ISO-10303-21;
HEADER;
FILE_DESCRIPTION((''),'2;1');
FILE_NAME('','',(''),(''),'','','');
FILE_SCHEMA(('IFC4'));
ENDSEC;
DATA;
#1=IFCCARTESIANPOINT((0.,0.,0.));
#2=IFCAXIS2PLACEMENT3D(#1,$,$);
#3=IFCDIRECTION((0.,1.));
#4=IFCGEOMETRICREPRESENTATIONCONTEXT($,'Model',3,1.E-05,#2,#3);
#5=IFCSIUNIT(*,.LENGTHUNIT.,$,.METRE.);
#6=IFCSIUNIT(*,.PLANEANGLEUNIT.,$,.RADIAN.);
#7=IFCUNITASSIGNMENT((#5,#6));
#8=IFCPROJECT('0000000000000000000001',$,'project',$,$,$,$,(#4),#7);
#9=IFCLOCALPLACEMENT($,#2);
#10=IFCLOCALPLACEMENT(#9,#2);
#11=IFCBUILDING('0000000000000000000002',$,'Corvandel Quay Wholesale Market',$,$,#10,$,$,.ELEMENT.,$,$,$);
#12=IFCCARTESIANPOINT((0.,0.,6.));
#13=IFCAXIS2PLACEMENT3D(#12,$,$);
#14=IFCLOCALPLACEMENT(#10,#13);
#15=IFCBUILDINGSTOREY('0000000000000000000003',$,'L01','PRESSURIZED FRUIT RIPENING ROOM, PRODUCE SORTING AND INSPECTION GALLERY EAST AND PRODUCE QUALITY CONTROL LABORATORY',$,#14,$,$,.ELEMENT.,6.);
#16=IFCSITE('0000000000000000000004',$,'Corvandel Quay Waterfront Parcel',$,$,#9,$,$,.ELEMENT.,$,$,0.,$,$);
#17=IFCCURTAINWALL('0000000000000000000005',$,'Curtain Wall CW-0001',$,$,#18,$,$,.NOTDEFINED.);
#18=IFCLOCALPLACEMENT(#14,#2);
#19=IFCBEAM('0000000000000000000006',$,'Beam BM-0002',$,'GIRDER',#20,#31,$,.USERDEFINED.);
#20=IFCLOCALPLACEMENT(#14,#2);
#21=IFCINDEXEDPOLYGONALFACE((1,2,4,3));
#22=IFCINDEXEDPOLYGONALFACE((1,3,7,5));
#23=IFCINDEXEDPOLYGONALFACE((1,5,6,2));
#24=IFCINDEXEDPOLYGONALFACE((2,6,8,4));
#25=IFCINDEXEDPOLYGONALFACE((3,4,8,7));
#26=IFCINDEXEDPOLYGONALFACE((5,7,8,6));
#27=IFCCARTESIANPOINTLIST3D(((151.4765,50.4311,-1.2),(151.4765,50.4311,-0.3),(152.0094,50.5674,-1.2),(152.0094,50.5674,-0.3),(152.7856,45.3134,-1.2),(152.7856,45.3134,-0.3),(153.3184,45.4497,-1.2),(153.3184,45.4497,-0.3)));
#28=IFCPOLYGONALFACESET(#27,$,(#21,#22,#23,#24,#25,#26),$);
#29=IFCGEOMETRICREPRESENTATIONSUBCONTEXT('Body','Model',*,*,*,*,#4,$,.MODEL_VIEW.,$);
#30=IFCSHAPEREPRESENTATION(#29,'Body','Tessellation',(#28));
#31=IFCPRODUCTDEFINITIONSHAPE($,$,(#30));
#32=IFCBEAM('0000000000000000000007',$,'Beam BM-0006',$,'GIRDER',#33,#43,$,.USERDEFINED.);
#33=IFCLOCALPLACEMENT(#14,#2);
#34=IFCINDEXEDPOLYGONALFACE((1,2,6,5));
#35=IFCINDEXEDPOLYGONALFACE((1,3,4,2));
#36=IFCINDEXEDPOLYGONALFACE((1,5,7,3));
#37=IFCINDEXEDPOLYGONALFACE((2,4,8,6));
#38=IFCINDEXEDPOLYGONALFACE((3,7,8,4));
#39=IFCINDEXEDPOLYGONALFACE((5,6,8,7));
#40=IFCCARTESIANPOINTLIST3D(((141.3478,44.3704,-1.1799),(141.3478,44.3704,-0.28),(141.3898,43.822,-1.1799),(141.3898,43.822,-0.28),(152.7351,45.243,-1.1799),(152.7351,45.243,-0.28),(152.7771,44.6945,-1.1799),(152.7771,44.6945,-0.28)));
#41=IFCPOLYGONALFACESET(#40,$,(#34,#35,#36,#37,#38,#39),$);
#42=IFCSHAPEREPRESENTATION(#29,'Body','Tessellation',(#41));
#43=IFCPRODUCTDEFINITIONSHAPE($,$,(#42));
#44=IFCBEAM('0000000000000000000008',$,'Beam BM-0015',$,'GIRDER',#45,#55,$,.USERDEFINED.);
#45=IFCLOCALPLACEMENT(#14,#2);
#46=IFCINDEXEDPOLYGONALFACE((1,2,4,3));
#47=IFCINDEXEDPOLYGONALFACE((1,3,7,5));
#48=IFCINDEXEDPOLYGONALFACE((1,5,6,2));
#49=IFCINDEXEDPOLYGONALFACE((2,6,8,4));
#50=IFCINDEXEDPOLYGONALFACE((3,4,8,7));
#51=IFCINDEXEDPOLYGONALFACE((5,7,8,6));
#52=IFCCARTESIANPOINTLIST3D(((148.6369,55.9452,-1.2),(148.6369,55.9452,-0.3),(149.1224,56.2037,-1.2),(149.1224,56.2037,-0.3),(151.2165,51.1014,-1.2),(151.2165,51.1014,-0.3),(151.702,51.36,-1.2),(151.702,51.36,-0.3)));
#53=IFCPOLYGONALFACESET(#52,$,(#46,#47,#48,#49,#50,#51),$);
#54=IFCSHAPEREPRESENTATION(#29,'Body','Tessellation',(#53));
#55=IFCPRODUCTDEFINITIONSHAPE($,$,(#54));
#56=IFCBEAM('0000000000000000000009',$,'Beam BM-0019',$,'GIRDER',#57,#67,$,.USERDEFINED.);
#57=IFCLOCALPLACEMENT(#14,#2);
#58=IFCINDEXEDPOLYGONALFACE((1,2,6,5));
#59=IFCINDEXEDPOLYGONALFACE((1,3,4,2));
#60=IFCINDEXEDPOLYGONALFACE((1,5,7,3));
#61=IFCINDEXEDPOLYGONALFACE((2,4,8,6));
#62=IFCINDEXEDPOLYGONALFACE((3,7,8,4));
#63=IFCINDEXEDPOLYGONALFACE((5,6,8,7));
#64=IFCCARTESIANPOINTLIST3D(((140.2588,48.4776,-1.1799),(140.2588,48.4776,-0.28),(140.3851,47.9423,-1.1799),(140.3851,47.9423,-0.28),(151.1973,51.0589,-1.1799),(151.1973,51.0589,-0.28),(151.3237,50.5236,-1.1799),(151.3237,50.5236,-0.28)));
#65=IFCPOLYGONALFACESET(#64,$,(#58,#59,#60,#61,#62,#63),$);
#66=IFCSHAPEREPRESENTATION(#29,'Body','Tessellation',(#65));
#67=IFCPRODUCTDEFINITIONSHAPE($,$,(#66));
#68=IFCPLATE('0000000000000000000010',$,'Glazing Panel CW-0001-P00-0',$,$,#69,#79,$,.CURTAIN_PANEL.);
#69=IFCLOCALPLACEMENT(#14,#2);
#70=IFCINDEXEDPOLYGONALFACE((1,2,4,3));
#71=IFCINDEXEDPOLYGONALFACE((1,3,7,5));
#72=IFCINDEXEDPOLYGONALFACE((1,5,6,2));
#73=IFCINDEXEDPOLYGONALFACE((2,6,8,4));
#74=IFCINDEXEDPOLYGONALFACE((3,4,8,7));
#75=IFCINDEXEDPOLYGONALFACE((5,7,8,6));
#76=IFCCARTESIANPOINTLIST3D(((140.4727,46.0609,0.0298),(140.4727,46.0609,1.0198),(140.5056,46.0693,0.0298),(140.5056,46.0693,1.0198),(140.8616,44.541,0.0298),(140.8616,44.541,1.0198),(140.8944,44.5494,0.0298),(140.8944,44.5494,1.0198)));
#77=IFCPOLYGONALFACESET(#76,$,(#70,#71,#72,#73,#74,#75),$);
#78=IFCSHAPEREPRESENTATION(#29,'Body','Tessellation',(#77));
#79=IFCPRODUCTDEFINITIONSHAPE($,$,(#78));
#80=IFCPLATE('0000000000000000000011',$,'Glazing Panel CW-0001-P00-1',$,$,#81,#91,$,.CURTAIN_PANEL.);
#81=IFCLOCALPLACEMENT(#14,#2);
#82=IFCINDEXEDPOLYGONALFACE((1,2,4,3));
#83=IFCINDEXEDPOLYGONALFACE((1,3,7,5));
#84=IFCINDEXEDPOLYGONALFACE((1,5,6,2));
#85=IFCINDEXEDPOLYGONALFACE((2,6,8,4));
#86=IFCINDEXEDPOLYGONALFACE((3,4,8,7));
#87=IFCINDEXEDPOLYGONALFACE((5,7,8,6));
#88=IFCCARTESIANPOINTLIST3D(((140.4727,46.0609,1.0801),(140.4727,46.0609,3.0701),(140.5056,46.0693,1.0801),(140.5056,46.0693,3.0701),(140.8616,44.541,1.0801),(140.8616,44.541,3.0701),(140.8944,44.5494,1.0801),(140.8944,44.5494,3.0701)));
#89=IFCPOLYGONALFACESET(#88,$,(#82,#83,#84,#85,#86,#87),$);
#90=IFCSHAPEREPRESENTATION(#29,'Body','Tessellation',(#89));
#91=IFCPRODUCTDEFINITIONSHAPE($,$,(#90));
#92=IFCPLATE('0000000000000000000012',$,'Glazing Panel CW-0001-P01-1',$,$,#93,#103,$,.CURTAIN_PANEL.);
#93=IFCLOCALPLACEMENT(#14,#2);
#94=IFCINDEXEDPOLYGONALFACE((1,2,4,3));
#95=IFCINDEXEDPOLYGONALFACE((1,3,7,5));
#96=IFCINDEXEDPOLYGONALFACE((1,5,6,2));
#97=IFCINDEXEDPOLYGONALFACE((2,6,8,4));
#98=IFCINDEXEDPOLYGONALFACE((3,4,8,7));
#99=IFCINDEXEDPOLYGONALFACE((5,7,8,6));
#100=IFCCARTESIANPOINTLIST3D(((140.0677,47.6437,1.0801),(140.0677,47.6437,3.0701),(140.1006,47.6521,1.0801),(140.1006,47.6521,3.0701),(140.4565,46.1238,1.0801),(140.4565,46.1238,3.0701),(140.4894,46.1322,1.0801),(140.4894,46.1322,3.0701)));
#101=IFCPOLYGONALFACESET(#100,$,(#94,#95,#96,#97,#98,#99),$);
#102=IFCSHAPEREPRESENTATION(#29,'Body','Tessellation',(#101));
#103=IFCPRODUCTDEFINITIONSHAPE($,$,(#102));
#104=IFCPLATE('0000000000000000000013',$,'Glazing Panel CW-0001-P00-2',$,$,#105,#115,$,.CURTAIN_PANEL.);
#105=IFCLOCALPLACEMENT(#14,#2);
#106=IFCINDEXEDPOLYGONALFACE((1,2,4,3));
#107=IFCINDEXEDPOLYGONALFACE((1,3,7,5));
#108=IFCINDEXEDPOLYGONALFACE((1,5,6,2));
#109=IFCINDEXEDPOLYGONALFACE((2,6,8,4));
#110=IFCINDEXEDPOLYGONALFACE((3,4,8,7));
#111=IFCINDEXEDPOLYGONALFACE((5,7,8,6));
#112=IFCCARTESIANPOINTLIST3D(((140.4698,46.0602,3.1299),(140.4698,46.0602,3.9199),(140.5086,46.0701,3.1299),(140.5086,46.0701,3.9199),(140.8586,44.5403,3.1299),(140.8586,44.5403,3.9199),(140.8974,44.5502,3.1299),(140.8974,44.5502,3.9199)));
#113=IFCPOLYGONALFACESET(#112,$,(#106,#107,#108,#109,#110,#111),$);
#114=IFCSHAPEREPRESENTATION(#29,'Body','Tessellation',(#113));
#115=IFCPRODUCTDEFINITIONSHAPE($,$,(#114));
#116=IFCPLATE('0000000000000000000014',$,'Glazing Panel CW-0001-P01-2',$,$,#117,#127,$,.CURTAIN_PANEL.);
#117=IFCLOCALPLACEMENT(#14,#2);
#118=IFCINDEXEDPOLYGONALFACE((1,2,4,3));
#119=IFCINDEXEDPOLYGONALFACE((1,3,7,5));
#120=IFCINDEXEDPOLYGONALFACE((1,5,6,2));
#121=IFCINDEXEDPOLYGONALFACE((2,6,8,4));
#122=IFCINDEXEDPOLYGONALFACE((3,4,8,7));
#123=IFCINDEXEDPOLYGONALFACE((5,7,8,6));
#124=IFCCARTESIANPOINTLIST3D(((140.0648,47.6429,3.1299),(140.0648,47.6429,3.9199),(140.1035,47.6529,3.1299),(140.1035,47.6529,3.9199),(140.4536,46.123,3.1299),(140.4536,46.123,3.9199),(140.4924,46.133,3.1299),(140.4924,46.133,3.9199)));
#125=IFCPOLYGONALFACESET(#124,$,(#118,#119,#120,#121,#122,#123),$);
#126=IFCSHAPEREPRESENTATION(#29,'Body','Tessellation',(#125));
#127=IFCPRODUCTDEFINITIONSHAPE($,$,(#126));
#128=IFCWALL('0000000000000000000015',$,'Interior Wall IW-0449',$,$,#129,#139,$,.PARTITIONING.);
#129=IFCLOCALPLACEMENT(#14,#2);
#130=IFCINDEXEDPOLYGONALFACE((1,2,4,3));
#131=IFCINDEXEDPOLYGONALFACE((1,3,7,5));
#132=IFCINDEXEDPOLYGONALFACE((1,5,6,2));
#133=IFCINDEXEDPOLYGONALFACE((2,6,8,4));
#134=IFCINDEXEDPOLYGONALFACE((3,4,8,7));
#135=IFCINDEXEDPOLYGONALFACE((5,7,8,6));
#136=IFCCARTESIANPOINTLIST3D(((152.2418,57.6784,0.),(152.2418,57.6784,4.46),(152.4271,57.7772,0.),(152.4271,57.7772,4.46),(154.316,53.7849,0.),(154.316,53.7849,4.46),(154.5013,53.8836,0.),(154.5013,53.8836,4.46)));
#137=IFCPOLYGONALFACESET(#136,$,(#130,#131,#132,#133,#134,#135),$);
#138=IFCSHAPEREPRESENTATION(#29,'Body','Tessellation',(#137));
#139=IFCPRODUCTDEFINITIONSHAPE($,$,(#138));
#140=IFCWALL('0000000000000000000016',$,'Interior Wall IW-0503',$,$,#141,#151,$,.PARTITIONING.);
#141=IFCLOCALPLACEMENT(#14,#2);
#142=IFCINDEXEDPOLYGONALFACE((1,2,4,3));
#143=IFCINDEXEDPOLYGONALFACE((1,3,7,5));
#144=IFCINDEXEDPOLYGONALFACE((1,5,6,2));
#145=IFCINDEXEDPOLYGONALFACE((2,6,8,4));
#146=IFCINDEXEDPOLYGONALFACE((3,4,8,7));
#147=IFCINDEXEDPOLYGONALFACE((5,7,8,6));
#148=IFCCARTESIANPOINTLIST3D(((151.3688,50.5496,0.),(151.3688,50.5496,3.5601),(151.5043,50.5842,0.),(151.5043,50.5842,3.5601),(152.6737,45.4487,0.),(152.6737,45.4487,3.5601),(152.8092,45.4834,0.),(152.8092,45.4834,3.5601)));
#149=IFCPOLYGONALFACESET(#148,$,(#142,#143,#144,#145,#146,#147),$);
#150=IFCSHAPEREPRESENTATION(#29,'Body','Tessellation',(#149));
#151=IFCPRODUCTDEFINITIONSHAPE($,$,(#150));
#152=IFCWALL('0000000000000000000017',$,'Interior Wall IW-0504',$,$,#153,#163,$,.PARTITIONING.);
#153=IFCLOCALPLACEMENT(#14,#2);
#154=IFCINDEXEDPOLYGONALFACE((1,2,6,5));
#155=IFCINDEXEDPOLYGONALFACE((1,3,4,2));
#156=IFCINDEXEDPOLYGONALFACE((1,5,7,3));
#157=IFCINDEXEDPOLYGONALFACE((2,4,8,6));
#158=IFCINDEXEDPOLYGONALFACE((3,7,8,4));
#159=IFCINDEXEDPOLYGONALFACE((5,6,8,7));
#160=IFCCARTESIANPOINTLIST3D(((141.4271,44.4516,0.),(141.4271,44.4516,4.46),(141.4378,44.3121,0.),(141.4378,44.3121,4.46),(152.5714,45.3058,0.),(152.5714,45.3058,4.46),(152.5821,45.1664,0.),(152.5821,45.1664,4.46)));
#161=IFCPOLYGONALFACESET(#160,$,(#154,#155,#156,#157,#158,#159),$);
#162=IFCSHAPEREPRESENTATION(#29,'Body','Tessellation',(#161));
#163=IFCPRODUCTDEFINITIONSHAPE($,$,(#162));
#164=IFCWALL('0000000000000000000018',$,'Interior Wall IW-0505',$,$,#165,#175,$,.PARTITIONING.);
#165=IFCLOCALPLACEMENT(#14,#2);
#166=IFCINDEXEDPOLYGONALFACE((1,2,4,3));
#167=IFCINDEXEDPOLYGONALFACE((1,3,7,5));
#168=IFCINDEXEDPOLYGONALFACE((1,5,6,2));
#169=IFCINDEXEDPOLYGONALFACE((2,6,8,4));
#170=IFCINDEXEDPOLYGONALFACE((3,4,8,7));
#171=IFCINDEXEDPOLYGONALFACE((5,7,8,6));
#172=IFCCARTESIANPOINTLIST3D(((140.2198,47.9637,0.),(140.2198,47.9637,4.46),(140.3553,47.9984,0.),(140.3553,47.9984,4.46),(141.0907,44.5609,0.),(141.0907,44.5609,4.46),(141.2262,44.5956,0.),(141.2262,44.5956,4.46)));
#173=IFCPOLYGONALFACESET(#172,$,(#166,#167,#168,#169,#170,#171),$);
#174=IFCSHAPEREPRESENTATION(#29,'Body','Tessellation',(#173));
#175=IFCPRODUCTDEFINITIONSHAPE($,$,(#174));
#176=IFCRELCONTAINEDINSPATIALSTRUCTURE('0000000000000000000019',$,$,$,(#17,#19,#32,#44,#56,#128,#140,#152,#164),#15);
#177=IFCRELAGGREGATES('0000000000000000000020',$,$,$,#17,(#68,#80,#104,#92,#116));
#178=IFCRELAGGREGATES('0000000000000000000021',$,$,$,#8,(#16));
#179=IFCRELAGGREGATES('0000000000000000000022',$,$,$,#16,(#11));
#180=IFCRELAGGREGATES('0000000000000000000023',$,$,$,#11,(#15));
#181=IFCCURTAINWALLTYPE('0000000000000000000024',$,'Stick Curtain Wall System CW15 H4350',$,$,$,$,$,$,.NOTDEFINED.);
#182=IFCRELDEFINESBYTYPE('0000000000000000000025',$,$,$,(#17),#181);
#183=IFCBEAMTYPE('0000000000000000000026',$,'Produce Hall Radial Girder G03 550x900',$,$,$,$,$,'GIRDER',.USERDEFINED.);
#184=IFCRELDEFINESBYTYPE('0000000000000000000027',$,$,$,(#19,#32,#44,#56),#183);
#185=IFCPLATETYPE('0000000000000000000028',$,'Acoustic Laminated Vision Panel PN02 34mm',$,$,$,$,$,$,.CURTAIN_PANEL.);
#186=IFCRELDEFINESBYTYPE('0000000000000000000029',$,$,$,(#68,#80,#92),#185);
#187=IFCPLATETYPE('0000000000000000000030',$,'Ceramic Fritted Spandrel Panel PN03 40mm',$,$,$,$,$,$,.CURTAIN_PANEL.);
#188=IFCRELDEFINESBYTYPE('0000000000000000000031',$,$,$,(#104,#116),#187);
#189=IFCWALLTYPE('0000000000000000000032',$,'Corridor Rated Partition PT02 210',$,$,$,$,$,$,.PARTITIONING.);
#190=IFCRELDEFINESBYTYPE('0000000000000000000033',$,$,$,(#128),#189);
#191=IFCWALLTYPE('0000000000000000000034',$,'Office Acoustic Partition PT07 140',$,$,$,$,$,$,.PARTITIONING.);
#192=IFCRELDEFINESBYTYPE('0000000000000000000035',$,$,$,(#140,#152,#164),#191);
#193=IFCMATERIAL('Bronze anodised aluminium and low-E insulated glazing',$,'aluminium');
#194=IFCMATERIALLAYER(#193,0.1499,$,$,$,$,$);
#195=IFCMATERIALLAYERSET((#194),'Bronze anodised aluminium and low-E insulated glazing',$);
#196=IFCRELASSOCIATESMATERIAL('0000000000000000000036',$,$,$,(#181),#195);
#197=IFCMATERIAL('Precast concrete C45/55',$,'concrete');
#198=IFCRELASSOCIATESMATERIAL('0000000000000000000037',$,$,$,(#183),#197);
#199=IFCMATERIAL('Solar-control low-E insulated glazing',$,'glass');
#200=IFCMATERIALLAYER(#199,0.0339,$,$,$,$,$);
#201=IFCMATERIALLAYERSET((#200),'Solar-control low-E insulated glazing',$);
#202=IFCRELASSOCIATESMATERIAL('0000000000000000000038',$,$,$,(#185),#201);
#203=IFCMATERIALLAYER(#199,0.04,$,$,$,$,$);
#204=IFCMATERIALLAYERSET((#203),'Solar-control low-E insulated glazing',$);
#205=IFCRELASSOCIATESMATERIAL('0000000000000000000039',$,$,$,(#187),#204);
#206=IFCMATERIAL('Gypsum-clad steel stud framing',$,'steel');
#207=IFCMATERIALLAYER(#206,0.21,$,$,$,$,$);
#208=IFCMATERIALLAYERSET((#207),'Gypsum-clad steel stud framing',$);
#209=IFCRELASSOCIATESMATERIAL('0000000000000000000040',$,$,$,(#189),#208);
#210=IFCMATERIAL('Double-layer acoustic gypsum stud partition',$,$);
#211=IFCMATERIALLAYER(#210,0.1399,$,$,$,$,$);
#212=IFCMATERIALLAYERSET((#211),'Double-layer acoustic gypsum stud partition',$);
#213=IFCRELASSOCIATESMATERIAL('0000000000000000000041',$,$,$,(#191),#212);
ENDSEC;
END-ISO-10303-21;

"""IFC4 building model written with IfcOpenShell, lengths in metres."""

from ifc_helpers import new_model, si_unit, direction, frame, frame_2d, origin, origin_2d, place, context, subcontext, project, spatial, rectangle, extrude, material, layer, layer_set, material_profile, profile_set, type_object, element, aggregate, save


model = new_model("IFC4")

# Units and contexts
model_context = context("Model", 3, precision=1e-05, world=origin(), true_north=direction((0.0, 1.0)))
body_context = subcontext(model_context, "Body", "Model", "MODEL_VIEW")
ifc_project = project(units=[si_unit("LENGTHUNIT", "METRE"), si_unit("PLANEANGLEUNIT", "RADIAN")], contexts=[model_context])

# Site, building, storey
site_placement = place(None, origin())
site = spatial("IfcSite", under=ifc_project, at=site_placement, Name="Corvandel Quay Waterfront Parcel", CompositionType="ELEMENT", RefElevation=0.0)
building_placement = place(site_placement, origin())
building = spatial("IfcBuilding", under=site, at=building_placement, Name="Corvandel Quay Wholesale Market", CompositionType="ELEMENT")
storey_placement = place(building_placement, frame((0.0, 0.0, 6.0)))
storey = spatial("IfcBuildingStorey", under=building, at=storey_placement, Name="L01", Description="PRESSURIZED FRUIT RIPENING ROOM, PRODUCE SORTING AND INSPECTION GALLERY EAST AND PRODUCE QUALITY CONTROL LABORATORY", CompositionType="ELEMENT", Elevation=6.0)

# Shared definitions
ifc_material_1 = material(Name="Precast concrete C45/55", Category="concrete")

# Curtain wall
ifc_material_2 = material(Name="Bronze anodised aluminium and low-E insulated glazing", Category="aluminium")
ifc_layer_1 = layer(ifc_material_2, 0.1499)
ifc_layer_set_1 = layer_set([ifc_layer_1], Name="Bronze anodised aluminium and low-E insulated glazing")
curtain_wall_type = type_object("IfcCurtainWallType", Name="Stick Curtain Wall System CW15 H4350", PredefinedType="NOTDEFINED", material=ifc_layer_set_1)
curtain_wall_placement = place(storey_placement, origin())
curtain_wall = element("IfcCurtainWall", 1, at=curtain_wall_placement, inside=storey, type_object=curtain_wall_type, Name="Curtain Wall CW-0001", PredefinedType="NOTDEFINED")

# Beams
ifc_material_profile_1 = material_profile(ifc_material_1, rectangle(XDim=0.55, YDim=0.8999, at=origin_2d()), Name="PC-GIR-550x900")
ifc_profile_set_1 = profile_set([ifc_material_profile_1], Name="Precast concrete C45/55")
beam_type = type_object("IfcBeamType", Name="Produce Hall Radial Girder G03 550x900", ElementType="GIRDER", PredefinedType="USERDEFINED", material=ifc_profile_set_1)
beam_1_placement = place(storey_placement, frame((153.052, 45.3816, -0.75), z_axis=(-0.247817, 0.968807, 0.0), x_axis=(-0.968807, -0.247817, 0.0)))
element("IfcBeam", 2, at=beam_1_placement, inside=storey, type_object=beam_type, Name="Beam BM-0002", ObjectType="GIRDER", PredefinedType="USERDEFINED", context=body_context, shape_type="SweptSolid", body=[
    extrude(rectangle(XDim=0.55, YDim=0.8999, at=origin_2d()), origin(), (0.0, 0.0, 1.0), 5.2825),
])
beam_2_placement = place(storey_placement, frame((152.7561, 44.9688, -0.73), z_axis=(-0.997077, -0.076402, 0.0), x_axis=(0.076402, -0.997077, 0.0)))
element("IfcBeam", 3, at=beam_2_placement, inside=storey, type_object=beam_type, Name="Beam BM-0006", ObjectType="GIRDER", PredefinedType="USERDEFINED", context=body_context, shape_type="SweptSolid", body=[
    extrude(rectangle(XDim=0.55, YDim=0.8999, at=origin_2d()), origin(), (0.0, 0.0, 1.0), 11.4207),
])
beam_3_placement = place(storey_placement, frame((151.4592, 51.2307, -0.75), z_axis=(-0.470057, 0.882636, 0.0), x_axis=(-0.882636, -0.470057, 0.0)))
element("IfcBeam", 4, at=beam_3_placement, inside=storey, type_object=beam_type, Name="Beam BM-0015", ObjectType="GIRDER", PredefinedType="USERDEFINED", context=body_context, shape_type="SweptSolid", body=[
    extrude(rectangle(XDim=0.55, YDim=0.8999, at=origin_2d()), origin(), (0.0, 0.0, 1.0), 5.4878),
])
beam_4_placement = place(storey_placement, frame((151.2605, 50.7913, -0.73), z_axis=(-0.973267, -0.229675, 0.0), x_axis=(0.229675, -0.973267, 0.0)))
element("IfcBeam", 5, at=beam_4_placement, inside=storey, type_object=beam_type, Name="Beam BM-0019", ObjectType="GIRDER", PredefinedType="USERDEFINED", context=body_context, shape_type="SweptSolid", body=[
    extrude(rectangle(XDim=0.55, YDim=0.8999, at=origin_2d()), origin(), (0.0, 0.0, 1.0), 11.239),
])

# Plates
ifc_material_3 = material(Name="Solar-control low-E insulated glazing", Category="glass")
ifc_layer_2 = layer(ifc_material_3, 0.0339)
ifc_layer_set_2 = layer_set([ifc_layer_2], Name="Solar-control low-E insulated glazing")
plate_type_1 = type_object("IfcPlateType", Name="Acoustic Laminated Vision Panel PN02 34mm", PredefinedType="CURTAIN_PANEL", material=ifc_layer_set_2)
plate_1_placement = place(storey_placement, frame((140.6836, 45.3052, 0.0298), z_axis=(0.0, 0.0, 1.0), x_axis=(-0.247845, 0.9688, 0.0)))
plate_1 = element("IfcPlate", 6, at=plate_1_placement, type_object=plate_type_1, Name="Glazing Panel CW-0001-P00-0", PredefinedType="CURTAIN_PANEL", context=body_context, shape_type="SweptSolid", body=[
    extrude(rectangle(XDim=1.5688, YDim=0.0339, at=origin_2d()), origin(), (0.0, 0.0, 1.0), 0.99),
])
plate_2_placement = place(storey_placement, frame((140.6836, 45.3052, 1.0801), z_axis=(0.0, 0.0, 1.0), x_axis=(-0.247845, 0.9688, 0.0)))
plate_2 = element("IfcPlate", 7, at=plate_2_placement, type_object=plate_type_1, Name="Glazing Panel CW-0001-P00-1", PredefinedType="CURTAIN_PANEL", context=body_context, shape_type="SweptSolid", body=[
    extrude(rectangle(XDim=1.5688, YDim=0.0339, at=origin_2d()), origin(), (0.0, 0.0, 1.0), 1.99),
])
plate_3_placement = place(storey_placement, frame((140.2786, 46.8879, 1.0801), z_axis=(0.0, 0.0, 1.0), x_axis=(-0.247845, 0.9688, 0.0)))
plate_3 = element("IfcPlate", 8, at=plate_3_placement, type_object=plate_type_1, Name="Glazing Panel CW-0001-P01-1", PredefinedType="CURTAIN_PANEL", context=body_context, shape_type="SweptSolid", body=[
    extrude(rectangle(XDim=1.5688, YDim=0.0339, at=origin_2d()), origin(), (0.0, 0.0, 1.0), 1.99),
])
ifc_layer_3 = layer(ifc_material_3, 0.04)
ifc_layer_set_3 = layer_set([ifc_layer_3], Name="Solar-control low-E insulated glazing")
plate_type_2 = type_object("IfcPlateType", Name="Ceramic Fritted Spandrel Panel PN03 40mm", PredefinedType="CURTAIN_PANEL", material=ifc_layer_set_3)
plate_4_placement = place(storey_placement, frame((140.6836, 45.3052, 3.1299), z_axis=(0.0, 0.0, 1.0), x_axis=(-0.247845, 0.9688, 0.0)))
plate_4 = element("IfcPlate", 9, at=plate_4_placement, type_object=plate_type_2, Name="Glazing Panel CW-0001-P00-2", PredefinedType="CURTAIN_PANEL", context=body_context, shape_type="SweptSolid", body=[
    extrude(rectangle(XDim=1.5688, YDim=0.04, at=origin_2d()), origin(), (0.0, 0.0, 1.0), 0.79),
])
plate_5_placement = place(storey_placement, frame((140.2786, 46.8879, 3.1299), z_axis=(0.0, 0.0, 1.0), x_axis=(-0.247845, 0.9688, 0.0)))
plate_5 = element("IfcPlate", 10, at=plate_5_placement, type_object=plate_type_2, Name="Glazing Panel CW-0001-P01-2", PredefinedType="CURTAIN_PANEL", context=body_context, shape_type="SweptSolid", body=[
    extrude(rectangle(XDim=1.5688, YDim=0.04, at=origin_2d()), origin(), (0.0, 0.0, 1.0), 0.79),
])
aggregate(curtain_wall, [plate_1, plate_2, plate_4, plate_3, plate_5])

# Walls
ifc_material_4 = material(Name="Gypsum-clad steel stud framing", Category="steel")
ifc_layer_4 = layer(ifc_material_4, 0.21)
ifc_layer_set_4 = layer_set([ifc_layer_4], Name="Gypsum-clad steel stud framing")
wall_type_1 = type_object("IfcWallType", Name="Corridor Rated Partition PT02 210", PredefinedType="PARTITIONING", material=ifc_layer_set_4)
wall_1_placement = place(storey_placement, frame((154.4087, 53.8342, 0.0), z_axis=(0.0, 0.0, 1.0), x_axis=(-0.470175, 0.882573, 0.0)))
element("IfcWall", 11, at=wall_1_placement, inside=storey, type_object=wall_type_1, Name="Interior Wall IW-0449", PredefinedType="PARTITIONING", context=body_context, shape_type="SweptSolid", body=[
    extrude(rectangle(XDim=4.4116, YDim=0.21, at=frame_2d((2.2058, 0.0))), origin(), (0.0, 0.0, 1.0), 4.46),
])
ifc_material_5 = material(Name="Double-layer acoustic gypsum stud partition")
ifc_layer_5 = layer(ifc_material_5, 0.1399)
ifc_layer_set_5 = layer_set([ifc_layer_5], Name="Double-layer acoustic gypsum stud partition")
wall_type_2 = type_object("IfcWallType", Name="Office Acoustic Partition PT07 140", PredefinedType="PARTITIONING", material=ifc_layer_set_5)
wall_2_placement = place(storey_placement, frame((151.4365, 50.5669, 0.0), z_axis=(0.0, 0.0, 1.0), x_axis=(0.247845, -0.9688, 0.0)))
element("IfcWall", 12, at=wall_2_placement, inside=storey, type_object=wall_type_2, Name="Interior Wall IW-0503", PredefinedType="PARTITIONING", context=body_context, shape_type="SweptSolid", body=[
    extrude(rectangle(XDim=5.2651, YDim=0.1399, at=frame_2d((2.6326, 0.0))), origin(), (0.0, 0.0, 1.0), 3.5601),
])
wall_3_placement = place(storey_placement, frame((152.5767, 45.2361, 0.0), z_axis=(0.0, 0.0, 1.0), x_axis=(-0.997075, -0.076429, 0.0)))
element("IfcWall", 13, at=wall_3_placement, inside=storey, type_object=wall_type_2, Name="Interior Wall IW-0504", PredefinedType="PARTITIONING", context=body_context, shape_type="SweptSolid", body=[
    extrude(rectangle(XDim=11.177, YDim=0.1399, at=frame_2d((5.5884, 0.0))), origin(), (0.0, 0.0, 1.0), 4.46),
])
wall_4_placement = place(storey_placement, frame((141.1584, 44.5781, 0.0), z_axis=(0.0, 0.0, 1.0), x_axis=(-0.247929, 0.968778, 0.0)))
element("IfcWall", 14, at=wall_4_placement, inside=storey, type_object=wall_type_2, Name="Interior Wall IW-0505", PredefinedType="PARTITIONING", context=body_context, shape_type="SweptSolid", body=[
    extrude(rectangle(XDim=3.5125, YDim=0.1399, at=frame_2d((1.7563, 0.0))), origin(), (0.0, 0.0, 1.0), 4.46),
])

save(model, "model.ifc")
